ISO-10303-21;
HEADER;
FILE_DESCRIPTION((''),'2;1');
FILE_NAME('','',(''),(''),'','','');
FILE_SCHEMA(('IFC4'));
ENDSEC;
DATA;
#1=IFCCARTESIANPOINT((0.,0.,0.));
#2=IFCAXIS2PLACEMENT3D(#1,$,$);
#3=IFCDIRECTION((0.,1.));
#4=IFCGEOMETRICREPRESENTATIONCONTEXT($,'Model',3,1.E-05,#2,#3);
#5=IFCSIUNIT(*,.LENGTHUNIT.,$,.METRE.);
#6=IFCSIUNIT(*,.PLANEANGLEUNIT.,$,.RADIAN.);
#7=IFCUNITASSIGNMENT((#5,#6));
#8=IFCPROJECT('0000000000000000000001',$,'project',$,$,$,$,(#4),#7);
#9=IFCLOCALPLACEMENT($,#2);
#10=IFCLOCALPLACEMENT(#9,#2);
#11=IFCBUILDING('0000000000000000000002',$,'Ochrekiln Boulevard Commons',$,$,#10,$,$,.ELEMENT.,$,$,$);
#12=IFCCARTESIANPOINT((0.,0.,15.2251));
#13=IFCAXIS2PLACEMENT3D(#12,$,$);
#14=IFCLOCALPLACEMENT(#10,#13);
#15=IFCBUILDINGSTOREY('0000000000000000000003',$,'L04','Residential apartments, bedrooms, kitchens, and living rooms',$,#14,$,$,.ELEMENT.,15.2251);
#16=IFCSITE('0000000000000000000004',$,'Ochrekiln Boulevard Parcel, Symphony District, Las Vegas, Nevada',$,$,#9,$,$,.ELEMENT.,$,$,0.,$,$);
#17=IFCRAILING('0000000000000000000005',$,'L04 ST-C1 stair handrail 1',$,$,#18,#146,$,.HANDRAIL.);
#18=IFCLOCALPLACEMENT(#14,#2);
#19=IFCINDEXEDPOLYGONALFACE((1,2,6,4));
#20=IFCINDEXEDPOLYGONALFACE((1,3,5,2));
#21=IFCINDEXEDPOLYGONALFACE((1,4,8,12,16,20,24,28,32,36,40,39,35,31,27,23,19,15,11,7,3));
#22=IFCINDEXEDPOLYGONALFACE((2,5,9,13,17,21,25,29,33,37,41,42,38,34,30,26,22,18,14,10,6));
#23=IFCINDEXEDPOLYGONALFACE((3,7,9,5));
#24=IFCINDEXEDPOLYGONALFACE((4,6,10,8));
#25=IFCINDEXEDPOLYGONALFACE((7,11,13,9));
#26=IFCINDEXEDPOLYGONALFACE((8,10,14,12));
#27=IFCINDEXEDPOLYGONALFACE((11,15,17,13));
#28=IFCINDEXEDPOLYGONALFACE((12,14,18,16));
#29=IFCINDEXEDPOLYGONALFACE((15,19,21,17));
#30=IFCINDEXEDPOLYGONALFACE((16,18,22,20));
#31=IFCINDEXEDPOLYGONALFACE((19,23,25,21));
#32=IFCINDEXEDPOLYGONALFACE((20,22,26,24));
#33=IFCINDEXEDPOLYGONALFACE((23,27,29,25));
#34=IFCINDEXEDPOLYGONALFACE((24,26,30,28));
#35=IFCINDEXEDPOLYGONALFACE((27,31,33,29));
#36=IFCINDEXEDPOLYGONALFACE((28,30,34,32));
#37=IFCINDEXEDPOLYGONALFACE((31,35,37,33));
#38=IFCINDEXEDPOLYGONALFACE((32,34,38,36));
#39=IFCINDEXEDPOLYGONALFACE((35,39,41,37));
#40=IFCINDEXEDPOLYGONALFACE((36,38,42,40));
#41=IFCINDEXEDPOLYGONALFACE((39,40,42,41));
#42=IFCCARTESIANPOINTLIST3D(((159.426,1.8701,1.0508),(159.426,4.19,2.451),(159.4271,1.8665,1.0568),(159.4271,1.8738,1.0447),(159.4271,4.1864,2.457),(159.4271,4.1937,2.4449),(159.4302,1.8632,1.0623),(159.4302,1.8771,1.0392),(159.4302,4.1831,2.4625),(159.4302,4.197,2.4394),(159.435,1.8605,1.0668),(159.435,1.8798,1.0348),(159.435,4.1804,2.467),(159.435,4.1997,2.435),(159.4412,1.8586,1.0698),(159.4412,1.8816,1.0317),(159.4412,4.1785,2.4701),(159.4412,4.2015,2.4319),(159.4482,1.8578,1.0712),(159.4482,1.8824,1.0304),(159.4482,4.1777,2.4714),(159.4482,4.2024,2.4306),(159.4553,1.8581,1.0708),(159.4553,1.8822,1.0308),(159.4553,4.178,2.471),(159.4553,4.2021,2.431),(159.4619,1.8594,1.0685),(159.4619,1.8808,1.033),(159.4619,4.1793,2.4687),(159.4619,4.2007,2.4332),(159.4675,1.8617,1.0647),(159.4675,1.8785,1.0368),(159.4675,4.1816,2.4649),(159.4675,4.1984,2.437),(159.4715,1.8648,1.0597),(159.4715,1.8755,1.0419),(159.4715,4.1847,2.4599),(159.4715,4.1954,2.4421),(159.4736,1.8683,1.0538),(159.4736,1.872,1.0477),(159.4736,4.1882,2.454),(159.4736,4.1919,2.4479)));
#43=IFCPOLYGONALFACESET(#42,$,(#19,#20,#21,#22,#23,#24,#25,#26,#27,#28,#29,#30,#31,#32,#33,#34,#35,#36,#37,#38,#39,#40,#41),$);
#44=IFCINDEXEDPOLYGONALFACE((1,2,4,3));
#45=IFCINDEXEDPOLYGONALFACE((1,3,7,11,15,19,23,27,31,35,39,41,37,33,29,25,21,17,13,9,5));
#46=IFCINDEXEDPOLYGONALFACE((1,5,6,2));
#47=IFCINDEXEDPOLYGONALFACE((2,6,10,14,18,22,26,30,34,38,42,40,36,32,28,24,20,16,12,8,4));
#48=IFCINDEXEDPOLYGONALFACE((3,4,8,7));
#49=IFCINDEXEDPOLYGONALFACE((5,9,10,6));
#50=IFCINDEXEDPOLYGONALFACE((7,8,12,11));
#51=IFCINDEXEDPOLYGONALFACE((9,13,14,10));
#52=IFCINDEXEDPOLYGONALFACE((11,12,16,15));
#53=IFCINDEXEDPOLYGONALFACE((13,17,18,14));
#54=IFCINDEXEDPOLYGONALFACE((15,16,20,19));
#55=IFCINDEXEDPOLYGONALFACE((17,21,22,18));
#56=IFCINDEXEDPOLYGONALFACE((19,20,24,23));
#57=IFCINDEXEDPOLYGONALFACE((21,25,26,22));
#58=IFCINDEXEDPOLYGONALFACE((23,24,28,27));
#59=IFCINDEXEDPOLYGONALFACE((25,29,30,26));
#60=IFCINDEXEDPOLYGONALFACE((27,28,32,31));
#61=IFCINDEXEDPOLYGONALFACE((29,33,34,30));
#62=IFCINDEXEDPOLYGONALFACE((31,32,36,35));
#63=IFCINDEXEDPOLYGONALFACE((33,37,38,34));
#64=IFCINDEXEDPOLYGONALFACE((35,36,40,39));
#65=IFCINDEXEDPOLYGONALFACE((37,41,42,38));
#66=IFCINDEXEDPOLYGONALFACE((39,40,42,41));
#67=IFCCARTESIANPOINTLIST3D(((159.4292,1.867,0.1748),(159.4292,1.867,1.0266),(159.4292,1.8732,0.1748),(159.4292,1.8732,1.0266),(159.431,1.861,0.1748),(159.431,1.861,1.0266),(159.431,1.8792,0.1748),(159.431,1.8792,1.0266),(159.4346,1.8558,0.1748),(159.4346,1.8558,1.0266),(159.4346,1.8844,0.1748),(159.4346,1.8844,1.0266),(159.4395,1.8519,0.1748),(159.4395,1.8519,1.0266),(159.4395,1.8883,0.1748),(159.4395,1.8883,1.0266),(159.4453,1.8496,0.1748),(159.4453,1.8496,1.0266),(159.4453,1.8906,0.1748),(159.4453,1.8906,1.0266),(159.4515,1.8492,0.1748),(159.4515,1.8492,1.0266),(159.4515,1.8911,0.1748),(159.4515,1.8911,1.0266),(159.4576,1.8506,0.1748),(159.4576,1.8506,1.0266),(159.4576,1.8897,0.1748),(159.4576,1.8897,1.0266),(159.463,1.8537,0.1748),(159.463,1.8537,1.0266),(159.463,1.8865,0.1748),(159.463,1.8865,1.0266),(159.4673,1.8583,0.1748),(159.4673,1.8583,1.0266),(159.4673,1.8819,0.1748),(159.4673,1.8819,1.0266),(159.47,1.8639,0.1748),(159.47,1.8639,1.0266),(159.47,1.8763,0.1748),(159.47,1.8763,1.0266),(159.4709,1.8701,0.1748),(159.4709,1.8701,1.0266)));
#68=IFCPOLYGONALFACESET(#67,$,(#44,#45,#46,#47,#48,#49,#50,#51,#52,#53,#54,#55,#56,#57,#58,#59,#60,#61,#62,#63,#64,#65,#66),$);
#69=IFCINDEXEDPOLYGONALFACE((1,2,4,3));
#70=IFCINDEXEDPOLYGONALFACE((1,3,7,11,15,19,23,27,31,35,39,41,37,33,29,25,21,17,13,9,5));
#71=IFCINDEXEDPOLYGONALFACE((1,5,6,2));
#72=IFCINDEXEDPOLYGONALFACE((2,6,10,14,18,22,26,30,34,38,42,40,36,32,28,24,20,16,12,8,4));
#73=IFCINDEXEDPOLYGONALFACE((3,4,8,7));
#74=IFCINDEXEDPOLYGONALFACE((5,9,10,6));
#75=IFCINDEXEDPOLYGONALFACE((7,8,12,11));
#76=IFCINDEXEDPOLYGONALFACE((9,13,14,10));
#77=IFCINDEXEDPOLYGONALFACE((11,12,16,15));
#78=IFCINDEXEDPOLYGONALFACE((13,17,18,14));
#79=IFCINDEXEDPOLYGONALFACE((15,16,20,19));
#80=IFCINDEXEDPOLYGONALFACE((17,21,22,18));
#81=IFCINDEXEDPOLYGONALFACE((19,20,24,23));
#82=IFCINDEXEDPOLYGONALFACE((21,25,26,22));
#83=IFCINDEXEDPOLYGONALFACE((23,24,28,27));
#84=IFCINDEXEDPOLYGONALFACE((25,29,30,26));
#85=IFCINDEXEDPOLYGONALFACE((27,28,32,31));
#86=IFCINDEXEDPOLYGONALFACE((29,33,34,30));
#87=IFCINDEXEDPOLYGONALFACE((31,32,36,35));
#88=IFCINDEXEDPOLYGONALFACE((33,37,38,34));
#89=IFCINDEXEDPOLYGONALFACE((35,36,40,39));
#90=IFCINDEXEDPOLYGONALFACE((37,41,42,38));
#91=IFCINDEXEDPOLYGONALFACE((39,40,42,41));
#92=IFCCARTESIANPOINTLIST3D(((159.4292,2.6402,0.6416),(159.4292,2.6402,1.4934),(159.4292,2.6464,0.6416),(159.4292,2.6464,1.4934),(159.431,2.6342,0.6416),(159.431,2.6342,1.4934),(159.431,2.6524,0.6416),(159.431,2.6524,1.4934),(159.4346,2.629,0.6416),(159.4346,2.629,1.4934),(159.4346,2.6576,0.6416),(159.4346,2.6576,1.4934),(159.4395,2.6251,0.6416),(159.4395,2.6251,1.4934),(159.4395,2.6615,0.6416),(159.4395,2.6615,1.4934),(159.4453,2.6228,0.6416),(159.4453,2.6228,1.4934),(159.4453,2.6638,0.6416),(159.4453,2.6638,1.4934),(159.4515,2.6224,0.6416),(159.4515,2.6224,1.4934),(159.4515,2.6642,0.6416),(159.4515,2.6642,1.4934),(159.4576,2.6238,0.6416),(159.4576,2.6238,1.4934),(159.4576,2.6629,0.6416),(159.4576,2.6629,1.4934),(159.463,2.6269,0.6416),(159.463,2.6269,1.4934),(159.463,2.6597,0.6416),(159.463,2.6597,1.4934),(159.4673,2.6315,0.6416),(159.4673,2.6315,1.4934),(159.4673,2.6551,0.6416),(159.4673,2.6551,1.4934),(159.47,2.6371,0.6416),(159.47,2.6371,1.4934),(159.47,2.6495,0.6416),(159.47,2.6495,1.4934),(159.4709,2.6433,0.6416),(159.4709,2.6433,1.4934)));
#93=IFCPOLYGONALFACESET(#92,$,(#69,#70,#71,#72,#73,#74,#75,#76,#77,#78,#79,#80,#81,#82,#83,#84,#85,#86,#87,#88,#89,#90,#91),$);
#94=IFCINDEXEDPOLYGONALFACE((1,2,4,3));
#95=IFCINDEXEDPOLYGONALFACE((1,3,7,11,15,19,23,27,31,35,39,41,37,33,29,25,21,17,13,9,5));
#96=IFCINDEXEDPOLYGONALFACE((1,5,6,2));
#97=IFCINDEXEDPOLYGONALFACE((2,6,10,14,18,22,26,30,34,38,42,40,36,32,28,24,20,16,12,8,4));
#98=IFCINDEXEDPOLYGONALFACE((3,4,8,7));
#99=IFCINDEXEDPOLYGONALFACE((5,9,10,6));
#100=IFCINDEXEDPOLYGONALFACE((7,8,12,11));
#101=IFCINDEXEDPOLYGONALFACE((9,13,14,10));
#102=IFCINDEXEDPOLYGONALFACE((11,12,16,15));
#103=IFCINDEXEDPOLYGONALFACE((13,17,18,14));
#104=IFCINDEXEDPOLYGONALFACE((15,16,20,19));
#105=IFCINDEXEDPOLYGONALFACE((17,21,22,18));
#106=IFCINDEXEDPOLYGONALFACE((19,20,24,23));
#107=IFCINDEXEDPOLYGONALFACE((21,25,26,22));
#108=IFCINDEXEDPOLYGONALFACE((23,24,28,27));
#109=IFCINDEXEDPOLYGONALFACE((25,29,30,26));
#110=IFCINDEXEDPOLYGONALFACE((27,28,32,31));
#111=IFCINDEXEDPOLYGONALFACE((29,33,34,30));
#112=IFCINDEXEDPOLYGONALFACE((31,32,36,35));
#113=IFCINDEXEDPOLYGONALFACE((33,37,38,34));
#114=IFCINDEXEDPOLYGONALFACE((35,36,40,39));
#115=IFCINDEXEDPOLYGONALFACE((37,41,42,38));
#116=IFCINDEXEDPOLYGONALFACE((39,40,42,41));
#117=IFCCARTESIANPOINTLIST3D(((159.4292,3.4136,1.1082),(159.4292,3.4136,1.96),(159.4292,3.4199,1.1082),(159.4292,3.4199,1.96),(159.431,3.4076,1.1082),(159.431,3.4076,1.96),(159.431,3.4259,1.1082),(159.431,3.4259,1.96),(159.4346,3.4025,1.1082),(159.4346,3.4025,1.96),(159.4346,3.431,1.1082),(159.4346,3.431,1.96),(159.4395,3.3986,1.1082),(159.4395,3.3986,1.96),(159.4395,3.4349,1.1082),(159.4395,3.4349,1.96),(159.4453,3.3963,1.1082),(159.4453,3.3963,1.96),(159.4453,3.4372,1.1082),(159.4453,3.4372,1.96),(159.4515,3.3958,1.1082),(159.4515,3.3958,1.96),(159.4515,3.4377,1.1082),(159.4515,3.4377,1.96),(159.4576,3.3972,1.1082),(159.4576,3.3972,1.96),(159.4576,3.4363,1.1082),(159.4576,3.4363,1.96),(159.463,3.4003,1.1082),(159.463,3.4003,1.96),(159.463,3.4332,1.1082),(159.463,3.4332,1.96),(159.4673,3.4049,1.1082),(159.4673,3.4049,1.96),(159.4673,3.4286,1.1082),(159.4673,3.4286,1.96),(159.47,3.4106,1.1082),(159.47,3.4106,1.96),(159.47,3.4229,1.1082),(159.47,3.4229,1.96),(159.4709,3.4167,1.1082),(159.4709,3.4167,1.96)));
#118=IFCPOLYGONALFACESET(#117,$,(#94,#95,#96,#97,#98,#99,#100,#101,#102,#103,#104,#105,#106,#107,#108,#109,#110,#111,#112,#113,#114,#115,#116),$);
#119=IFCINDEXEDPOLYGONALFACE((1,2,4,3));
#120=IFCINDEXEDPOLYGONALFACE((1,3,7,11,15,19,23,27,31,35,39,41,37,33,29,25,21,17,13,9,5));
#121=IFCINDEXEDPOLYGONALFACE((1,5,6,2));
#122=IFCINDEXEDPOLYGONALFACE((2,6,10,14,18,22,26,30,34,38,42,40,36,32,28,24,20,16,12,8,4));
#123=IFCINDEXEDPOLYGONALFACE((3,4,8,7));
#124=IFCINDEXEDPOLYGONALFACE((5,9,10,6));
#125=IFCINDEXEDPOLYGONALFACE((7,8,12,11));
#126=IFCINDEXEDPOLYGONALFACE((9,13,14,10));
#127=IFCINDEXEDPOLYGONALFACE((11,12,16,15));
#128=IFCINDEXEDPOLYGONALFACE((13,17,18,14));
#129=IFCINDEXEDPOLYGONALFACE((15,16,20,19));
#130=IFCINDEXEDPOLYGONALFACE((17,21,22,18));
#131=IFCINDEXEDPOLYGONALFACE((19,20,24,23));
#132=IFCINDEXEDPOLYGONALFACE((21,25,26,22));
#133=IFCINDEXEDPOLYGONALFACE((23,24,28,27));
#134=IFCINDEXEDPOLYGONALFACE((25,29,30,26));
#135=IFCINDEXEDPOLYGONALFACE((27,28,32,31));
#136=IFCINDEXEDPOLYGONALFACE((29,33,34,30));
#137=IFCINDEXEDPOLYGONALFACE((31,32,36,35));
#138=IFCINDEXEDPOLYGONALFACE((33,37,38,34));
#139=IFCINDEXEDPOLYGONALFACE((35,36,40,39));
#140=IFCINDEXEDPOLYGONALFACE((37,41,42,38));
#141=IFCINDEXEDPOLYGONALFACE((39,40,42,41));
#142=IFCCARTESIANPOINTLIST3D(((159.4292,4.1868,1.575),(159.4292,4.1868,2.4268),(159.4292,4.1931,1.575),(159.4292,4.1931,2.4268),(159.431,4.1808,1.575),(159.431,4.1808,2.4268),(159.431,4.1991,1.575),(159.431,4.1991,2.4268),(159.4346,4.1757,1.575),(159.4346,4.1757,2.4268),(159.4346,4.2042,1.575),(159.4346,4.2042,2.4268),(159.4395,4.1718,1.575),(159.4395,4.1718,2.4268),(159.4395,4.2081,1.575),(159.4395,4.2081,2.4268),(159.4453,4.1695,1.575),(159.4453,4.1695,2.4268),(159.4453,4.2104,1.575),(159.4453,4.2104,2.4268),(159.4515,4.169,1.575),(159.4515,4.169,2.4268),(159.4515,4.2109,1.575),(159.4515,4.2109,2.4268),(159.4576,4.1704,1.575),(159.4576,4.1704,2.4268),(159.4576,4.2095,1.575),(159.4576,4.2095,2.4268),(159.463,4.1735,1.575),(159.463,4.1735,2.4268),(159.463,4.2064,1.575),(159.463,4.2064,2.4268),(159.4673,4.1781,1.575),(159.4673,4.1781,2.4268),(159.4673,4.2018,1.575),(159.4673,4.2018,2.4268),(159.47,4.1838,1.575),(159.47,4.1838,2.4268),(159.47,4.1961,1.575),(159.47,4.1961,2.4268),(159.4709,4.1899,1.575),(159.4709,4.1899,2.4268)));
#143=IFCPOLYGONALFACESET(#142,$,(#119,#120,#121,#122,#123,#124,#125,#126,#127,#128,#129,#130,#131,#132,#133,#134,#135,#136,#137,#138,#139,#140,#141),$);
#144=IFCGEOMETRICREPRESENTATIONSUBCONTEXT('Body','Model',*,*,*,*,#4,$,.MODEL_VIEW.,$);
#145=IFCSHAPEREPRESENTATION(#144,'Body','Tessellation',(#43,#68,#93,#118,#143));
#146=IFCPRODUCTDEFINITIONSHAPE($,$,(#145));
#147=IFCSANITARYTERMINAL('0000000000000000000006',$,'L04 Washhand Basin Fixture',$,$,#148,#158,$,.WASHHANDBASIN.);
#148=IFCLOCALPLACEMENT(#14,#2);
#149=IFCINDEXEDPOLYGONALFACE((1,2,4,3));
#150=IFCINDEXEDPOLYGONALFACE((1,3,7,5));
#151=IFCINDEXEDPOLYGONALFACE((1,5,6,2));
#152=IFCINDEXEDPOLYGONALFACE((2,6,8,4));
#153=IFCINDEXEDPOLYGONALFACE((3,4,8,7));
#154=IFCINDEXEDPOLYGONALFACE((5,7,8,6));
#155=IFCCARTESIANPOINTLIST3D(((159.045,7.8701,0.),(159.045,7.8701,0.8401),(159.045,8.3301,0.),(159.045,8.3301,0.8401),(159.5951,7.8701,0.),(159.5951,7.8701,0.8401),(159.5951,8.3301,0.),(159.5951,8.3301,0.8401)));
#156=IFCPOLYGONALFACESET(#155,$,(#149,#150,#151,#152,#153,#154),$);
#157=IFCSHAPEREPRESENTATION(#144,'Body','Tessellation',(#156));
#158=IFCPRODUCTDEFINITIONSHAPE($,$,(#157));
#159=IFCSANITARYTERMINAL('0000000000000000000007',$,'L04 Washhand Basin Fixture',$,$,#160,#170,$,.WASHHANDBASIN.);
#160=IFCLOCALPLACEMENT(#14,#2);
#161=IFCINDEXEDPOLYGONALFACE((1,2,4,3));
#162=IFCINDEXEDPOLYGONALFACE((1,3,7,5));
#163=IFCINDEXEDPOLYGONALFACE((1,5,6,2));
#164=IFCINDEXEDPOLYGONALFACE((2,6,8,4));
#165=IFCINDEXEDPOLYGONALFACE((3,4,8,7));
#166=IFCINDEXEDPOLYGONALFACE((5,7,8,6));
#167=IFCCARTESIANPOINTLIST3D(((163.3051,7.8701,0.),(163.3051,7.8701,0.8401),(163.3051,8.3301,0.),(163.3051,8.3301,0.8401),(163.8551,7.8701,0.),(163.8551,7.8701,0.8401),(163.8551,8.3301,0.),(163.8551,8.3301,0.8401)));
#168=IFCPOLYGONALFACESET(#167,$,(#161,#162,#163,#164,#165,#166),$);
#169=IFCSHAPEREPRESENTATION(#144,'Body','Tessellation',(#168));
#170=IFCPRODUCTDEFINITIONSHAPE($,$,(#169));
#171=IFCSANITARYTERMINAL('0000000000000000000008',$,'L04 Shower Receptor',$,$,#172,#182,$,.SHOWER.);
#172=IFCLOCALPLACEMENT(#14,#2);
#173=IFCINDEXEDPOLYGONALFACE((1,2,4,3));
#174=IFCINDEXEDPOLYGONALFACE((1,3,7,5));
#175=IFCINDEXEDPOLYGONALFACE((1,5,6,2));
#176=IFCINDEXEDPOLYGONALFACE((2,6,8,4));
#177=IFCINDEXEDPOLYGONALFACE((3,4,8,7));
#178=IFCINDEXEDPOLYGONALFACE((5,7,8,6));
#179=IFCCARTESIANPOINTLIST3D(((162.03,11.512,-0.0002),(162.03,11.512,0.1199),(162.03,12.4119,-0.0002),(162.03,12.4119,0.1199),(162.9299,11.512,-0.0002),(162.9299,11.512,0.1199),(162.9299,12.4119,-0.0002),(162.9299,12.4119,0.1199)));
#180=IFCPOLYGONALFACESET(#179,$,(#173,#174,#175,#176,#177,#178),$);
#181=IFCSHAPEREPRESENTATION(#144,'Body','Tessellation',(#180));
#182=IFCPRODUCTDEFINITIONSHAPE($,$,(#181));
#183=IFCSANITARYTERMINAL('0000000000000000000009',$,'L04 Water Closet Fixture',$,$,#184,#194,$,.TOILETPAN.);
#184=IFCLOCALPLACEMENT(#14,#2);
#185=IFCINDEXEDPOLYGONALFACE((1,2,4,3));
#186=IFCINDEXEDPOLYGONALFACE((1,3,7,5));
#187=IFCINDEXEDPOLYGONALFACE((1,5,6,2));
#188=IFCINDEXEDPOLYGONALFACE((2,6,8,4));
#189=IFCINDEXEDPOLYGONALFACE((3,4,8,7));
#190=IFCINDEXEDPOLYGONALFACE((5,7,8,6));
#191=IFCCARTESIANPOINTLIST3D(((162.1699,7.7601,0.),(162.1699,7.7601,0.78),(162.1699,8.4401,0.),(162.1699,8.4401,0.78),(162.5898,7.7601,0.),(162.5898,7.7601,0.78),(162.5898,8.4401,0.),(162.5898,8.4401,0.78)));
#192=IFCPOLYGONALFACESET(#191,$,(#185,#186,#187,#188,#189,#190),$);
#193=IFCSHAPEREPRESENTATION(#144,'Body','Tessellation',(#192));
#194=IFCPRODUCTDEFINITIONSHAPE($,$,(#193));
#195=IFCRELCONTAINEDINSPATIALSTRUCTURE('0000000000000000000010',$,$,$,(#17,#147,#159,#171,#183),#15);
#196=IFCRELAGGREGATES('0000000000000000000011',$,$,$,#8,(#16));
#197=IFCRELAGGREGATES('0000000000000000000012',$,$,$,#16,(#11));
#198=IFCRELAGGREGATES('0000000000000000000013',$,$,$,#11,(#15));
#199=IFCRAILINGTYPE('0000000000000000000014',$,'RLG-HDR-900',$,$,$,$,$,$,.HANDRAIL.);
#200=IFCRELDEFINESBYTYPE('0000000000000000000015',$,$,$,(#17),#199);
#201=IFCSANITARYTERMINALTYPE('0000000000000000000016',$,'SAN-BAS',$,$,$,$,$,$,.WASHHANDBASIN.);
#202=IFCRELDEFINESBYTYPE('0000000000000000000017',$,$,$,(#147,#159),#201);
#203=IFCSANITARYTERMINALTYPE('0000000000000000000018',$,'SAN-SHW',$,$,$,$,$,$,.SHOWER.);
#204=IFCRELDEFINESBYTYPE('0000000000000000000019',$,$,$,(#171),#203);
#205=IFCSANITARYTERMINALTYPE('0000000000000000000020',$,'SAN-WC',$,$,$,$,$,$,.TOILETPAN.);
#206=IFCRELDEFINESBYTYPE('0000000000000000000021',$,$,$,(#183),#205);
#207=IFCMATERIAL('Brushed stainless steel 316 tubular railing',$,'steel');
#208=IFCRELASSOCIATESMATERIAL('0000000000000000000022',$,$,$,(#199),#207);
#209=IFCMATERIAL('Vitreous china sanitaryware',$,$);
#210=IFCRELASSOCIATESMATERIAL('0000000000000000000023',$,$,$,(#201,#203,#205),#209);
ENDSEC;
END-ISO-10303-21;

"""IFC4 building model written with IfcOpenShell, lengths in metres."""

from ifc_helpers import new_model, si_unit, direction, frame, origin, origin_2d, place, context, subcontext, project, spatial, rectangle, circle, extrude, material, type_object, element, save


model = new_model("IFC4")

# Units and contexts
model_context = context("Model", 3, precision=1e-05, world=origin(), true_north=direction((0.0, 1.0)))
body_context = subcontext(model_context, "Body", "Model", "MODEL_VIEW")
ifc_project = project(units=[si_unit("LENGTHUNIT", "METRE"), si_unit("PLANEANGLEUNIT", "RADIAN")], contexts=[model_context])

# Site, building, storey
site_placement = place(None, origin())
site = spatial("IfcSite", under=ifc_project, at=site_placement, Name="Ochrekiln Boulevard Parcel, Symphony District, Las Vegas, Nevada", CompositionType="ELEMENT", RefElevation=0.0)
building_placement = place(site_placement, origin())
building = spatial("IfcBuilding", under=site, at=building_placement, Name="Ochrekiln Boulevard Commons", CompositionType="ELEMENT")
storey_placement = place(building_placement, frame((0.0, 0.0, 15.2251)))
storey = spatial("IfcBuildingStorey", under=building, at=storey_placement, Name="L04", Description="Residential apartments, bedrooms, kitchens, and living rooms", CompositionType="ELEMENT", Elevation=15.2251)

# Railing
ifc_material_1 = material(Name="Brushed stainless steel 316 tubular railing", Category="steel")
railing_type = type_object("IfcRailingType", Name="RLG-HDR-900", PredefinedType="HANDRAIL", material=ifc_material_1)
railing_placement = place(storey_placement, frame((159.45, 1.8701, 0.1748)))
element("IfcRailing", 1, at=railing_placement, inside=storey, type_object=railing_type, Name="L04 ST-C1 stair handrail 1", PredefinedType="HANDRAIL", context=body_context, shape_type="SweptSolid", body=[
    extrude(circle(Radius=0.0239, at=origin_2d()), frame((0.0, 0.0, 0.876), z_axis=(0.0, 0.856146, 0.516733), x_axis=(-1.0, 0.0, 0.0)), (0.0, 0.0, 1.0), 2.7097),
    extrude(circle(Radius=0.021, at=origin_2d()), origin(), (0.0, 0.0, 1.0), 0.8518),
    extrude(circle(Radius=0.021, at=origin_2d()), frame((0.0, 0.7732, 0.4668)), (0.0, 0.0, 1.0), 0.8518),
    extrude(circle(Radius=0.021, at=origin_2d()), frame((0.0, 1.5466, 0.9333)), (0.0, 0.0, 1.0), 0.8518),
    extrude(circle(Radius=0.021, at=origin_2d()), frame((0.0, 2.3198, 1.4001)), (0.0, 0.0, 1.0), 0.8518),
])

# Sanitary terminals
ifc_material_2 = material(Name="Vitreous china sanitaryware")
sanitary_terminal_type_1 = type_object("IfcSanitaryTerminalType", Name="SAN-BAS", PredefinedType="WASHHANDBASIN", material=ifc_material_2)
for number, where, z_axis, x_axis, name in (
    (2, (159.3201, 8.1001, 0.0), (0.0, 0.0, 1.0), (1.0, 0.0, 0.0), "L04 Washhand Basin Fixture"),
    (3, (163.5801, 8.1001, 0.0), (0.0, 0.0, 1.0), (1.0, 0.0, 0.0), "L04 Washhand Basin Fixture"),
):
    element("IfcSanitaryTerminal", number, at=place(storey_placement, frame(where, z_axis=z_axis, x_axis=x_axis)), inside=storey, type_object=sanitary_terminal_type_1, Name=name, PredefinedType="WASHHANDBASIN", context=body_context, shape_type="SweptSolid", body=[
        extrude(rectangle(XDim=0.55, YDim=0.46, at=origin_2d()), origin(), (0.0, 0.0, 1.0), 0.8401),
    ])
sanitary_terminal_type_2 = type_object("IfcSanitaryTerminalType", Name="SAN-SHW", PredefinedType="SHOWER", material=ifc_material_2)
sanitary_terminal_1_placement = place(storey_placement, frame((162.48, 11.9619, -0.0002), z_axis=(0.0, 0.0, 1.0), x_axis=(1.0, 0.0, 0.0)))
element("IfcSanitaryTerminal", 4, at=sanitary_terminal_1_placement, inside=storey, type_object=sanitary_terminal_type_2, Name="L04 Shower Receptor", PredefinedType="SHOWER", context=body_context, shape_type="SweptSolid", body=[
    extrude(rectangle(XDim=0.8999, YDim=0.8999, at=origin_2d()), origin(), (0.0, 0.0, 1.0), 0.1201),
])
sanitary_terminal_type_3 = type_object("IfcSanitaryTerminalType", Name="SAN-WC", PredefinedType="TOILETPAN", material=ifc_material_2)
sanitary_terminal_2_placement = place(storey_placement, frame((162.3799, 8.1001, 0.0), z_axis=(0.0, 0.0, 1.0), x_axis=(1.0, 0.0, 0.0)))
element("IfcSanitaryTerminal", 5, at=sanitary_terminal_2_placement, inside=storey, type_object=sanitary_terminal_type_3, Name="L04 Water Closet Fixture", PredefinedType="TOILETPAN", context=body_context, shape_type="SweptSolid", body=[
    extrude(rectangle(XDim=0.4199, YDim=0.6799, at=origin_2d()), origin(), (0.0, 0.0, 1.0), 0.78),
])

save(model, "model.ifc")
